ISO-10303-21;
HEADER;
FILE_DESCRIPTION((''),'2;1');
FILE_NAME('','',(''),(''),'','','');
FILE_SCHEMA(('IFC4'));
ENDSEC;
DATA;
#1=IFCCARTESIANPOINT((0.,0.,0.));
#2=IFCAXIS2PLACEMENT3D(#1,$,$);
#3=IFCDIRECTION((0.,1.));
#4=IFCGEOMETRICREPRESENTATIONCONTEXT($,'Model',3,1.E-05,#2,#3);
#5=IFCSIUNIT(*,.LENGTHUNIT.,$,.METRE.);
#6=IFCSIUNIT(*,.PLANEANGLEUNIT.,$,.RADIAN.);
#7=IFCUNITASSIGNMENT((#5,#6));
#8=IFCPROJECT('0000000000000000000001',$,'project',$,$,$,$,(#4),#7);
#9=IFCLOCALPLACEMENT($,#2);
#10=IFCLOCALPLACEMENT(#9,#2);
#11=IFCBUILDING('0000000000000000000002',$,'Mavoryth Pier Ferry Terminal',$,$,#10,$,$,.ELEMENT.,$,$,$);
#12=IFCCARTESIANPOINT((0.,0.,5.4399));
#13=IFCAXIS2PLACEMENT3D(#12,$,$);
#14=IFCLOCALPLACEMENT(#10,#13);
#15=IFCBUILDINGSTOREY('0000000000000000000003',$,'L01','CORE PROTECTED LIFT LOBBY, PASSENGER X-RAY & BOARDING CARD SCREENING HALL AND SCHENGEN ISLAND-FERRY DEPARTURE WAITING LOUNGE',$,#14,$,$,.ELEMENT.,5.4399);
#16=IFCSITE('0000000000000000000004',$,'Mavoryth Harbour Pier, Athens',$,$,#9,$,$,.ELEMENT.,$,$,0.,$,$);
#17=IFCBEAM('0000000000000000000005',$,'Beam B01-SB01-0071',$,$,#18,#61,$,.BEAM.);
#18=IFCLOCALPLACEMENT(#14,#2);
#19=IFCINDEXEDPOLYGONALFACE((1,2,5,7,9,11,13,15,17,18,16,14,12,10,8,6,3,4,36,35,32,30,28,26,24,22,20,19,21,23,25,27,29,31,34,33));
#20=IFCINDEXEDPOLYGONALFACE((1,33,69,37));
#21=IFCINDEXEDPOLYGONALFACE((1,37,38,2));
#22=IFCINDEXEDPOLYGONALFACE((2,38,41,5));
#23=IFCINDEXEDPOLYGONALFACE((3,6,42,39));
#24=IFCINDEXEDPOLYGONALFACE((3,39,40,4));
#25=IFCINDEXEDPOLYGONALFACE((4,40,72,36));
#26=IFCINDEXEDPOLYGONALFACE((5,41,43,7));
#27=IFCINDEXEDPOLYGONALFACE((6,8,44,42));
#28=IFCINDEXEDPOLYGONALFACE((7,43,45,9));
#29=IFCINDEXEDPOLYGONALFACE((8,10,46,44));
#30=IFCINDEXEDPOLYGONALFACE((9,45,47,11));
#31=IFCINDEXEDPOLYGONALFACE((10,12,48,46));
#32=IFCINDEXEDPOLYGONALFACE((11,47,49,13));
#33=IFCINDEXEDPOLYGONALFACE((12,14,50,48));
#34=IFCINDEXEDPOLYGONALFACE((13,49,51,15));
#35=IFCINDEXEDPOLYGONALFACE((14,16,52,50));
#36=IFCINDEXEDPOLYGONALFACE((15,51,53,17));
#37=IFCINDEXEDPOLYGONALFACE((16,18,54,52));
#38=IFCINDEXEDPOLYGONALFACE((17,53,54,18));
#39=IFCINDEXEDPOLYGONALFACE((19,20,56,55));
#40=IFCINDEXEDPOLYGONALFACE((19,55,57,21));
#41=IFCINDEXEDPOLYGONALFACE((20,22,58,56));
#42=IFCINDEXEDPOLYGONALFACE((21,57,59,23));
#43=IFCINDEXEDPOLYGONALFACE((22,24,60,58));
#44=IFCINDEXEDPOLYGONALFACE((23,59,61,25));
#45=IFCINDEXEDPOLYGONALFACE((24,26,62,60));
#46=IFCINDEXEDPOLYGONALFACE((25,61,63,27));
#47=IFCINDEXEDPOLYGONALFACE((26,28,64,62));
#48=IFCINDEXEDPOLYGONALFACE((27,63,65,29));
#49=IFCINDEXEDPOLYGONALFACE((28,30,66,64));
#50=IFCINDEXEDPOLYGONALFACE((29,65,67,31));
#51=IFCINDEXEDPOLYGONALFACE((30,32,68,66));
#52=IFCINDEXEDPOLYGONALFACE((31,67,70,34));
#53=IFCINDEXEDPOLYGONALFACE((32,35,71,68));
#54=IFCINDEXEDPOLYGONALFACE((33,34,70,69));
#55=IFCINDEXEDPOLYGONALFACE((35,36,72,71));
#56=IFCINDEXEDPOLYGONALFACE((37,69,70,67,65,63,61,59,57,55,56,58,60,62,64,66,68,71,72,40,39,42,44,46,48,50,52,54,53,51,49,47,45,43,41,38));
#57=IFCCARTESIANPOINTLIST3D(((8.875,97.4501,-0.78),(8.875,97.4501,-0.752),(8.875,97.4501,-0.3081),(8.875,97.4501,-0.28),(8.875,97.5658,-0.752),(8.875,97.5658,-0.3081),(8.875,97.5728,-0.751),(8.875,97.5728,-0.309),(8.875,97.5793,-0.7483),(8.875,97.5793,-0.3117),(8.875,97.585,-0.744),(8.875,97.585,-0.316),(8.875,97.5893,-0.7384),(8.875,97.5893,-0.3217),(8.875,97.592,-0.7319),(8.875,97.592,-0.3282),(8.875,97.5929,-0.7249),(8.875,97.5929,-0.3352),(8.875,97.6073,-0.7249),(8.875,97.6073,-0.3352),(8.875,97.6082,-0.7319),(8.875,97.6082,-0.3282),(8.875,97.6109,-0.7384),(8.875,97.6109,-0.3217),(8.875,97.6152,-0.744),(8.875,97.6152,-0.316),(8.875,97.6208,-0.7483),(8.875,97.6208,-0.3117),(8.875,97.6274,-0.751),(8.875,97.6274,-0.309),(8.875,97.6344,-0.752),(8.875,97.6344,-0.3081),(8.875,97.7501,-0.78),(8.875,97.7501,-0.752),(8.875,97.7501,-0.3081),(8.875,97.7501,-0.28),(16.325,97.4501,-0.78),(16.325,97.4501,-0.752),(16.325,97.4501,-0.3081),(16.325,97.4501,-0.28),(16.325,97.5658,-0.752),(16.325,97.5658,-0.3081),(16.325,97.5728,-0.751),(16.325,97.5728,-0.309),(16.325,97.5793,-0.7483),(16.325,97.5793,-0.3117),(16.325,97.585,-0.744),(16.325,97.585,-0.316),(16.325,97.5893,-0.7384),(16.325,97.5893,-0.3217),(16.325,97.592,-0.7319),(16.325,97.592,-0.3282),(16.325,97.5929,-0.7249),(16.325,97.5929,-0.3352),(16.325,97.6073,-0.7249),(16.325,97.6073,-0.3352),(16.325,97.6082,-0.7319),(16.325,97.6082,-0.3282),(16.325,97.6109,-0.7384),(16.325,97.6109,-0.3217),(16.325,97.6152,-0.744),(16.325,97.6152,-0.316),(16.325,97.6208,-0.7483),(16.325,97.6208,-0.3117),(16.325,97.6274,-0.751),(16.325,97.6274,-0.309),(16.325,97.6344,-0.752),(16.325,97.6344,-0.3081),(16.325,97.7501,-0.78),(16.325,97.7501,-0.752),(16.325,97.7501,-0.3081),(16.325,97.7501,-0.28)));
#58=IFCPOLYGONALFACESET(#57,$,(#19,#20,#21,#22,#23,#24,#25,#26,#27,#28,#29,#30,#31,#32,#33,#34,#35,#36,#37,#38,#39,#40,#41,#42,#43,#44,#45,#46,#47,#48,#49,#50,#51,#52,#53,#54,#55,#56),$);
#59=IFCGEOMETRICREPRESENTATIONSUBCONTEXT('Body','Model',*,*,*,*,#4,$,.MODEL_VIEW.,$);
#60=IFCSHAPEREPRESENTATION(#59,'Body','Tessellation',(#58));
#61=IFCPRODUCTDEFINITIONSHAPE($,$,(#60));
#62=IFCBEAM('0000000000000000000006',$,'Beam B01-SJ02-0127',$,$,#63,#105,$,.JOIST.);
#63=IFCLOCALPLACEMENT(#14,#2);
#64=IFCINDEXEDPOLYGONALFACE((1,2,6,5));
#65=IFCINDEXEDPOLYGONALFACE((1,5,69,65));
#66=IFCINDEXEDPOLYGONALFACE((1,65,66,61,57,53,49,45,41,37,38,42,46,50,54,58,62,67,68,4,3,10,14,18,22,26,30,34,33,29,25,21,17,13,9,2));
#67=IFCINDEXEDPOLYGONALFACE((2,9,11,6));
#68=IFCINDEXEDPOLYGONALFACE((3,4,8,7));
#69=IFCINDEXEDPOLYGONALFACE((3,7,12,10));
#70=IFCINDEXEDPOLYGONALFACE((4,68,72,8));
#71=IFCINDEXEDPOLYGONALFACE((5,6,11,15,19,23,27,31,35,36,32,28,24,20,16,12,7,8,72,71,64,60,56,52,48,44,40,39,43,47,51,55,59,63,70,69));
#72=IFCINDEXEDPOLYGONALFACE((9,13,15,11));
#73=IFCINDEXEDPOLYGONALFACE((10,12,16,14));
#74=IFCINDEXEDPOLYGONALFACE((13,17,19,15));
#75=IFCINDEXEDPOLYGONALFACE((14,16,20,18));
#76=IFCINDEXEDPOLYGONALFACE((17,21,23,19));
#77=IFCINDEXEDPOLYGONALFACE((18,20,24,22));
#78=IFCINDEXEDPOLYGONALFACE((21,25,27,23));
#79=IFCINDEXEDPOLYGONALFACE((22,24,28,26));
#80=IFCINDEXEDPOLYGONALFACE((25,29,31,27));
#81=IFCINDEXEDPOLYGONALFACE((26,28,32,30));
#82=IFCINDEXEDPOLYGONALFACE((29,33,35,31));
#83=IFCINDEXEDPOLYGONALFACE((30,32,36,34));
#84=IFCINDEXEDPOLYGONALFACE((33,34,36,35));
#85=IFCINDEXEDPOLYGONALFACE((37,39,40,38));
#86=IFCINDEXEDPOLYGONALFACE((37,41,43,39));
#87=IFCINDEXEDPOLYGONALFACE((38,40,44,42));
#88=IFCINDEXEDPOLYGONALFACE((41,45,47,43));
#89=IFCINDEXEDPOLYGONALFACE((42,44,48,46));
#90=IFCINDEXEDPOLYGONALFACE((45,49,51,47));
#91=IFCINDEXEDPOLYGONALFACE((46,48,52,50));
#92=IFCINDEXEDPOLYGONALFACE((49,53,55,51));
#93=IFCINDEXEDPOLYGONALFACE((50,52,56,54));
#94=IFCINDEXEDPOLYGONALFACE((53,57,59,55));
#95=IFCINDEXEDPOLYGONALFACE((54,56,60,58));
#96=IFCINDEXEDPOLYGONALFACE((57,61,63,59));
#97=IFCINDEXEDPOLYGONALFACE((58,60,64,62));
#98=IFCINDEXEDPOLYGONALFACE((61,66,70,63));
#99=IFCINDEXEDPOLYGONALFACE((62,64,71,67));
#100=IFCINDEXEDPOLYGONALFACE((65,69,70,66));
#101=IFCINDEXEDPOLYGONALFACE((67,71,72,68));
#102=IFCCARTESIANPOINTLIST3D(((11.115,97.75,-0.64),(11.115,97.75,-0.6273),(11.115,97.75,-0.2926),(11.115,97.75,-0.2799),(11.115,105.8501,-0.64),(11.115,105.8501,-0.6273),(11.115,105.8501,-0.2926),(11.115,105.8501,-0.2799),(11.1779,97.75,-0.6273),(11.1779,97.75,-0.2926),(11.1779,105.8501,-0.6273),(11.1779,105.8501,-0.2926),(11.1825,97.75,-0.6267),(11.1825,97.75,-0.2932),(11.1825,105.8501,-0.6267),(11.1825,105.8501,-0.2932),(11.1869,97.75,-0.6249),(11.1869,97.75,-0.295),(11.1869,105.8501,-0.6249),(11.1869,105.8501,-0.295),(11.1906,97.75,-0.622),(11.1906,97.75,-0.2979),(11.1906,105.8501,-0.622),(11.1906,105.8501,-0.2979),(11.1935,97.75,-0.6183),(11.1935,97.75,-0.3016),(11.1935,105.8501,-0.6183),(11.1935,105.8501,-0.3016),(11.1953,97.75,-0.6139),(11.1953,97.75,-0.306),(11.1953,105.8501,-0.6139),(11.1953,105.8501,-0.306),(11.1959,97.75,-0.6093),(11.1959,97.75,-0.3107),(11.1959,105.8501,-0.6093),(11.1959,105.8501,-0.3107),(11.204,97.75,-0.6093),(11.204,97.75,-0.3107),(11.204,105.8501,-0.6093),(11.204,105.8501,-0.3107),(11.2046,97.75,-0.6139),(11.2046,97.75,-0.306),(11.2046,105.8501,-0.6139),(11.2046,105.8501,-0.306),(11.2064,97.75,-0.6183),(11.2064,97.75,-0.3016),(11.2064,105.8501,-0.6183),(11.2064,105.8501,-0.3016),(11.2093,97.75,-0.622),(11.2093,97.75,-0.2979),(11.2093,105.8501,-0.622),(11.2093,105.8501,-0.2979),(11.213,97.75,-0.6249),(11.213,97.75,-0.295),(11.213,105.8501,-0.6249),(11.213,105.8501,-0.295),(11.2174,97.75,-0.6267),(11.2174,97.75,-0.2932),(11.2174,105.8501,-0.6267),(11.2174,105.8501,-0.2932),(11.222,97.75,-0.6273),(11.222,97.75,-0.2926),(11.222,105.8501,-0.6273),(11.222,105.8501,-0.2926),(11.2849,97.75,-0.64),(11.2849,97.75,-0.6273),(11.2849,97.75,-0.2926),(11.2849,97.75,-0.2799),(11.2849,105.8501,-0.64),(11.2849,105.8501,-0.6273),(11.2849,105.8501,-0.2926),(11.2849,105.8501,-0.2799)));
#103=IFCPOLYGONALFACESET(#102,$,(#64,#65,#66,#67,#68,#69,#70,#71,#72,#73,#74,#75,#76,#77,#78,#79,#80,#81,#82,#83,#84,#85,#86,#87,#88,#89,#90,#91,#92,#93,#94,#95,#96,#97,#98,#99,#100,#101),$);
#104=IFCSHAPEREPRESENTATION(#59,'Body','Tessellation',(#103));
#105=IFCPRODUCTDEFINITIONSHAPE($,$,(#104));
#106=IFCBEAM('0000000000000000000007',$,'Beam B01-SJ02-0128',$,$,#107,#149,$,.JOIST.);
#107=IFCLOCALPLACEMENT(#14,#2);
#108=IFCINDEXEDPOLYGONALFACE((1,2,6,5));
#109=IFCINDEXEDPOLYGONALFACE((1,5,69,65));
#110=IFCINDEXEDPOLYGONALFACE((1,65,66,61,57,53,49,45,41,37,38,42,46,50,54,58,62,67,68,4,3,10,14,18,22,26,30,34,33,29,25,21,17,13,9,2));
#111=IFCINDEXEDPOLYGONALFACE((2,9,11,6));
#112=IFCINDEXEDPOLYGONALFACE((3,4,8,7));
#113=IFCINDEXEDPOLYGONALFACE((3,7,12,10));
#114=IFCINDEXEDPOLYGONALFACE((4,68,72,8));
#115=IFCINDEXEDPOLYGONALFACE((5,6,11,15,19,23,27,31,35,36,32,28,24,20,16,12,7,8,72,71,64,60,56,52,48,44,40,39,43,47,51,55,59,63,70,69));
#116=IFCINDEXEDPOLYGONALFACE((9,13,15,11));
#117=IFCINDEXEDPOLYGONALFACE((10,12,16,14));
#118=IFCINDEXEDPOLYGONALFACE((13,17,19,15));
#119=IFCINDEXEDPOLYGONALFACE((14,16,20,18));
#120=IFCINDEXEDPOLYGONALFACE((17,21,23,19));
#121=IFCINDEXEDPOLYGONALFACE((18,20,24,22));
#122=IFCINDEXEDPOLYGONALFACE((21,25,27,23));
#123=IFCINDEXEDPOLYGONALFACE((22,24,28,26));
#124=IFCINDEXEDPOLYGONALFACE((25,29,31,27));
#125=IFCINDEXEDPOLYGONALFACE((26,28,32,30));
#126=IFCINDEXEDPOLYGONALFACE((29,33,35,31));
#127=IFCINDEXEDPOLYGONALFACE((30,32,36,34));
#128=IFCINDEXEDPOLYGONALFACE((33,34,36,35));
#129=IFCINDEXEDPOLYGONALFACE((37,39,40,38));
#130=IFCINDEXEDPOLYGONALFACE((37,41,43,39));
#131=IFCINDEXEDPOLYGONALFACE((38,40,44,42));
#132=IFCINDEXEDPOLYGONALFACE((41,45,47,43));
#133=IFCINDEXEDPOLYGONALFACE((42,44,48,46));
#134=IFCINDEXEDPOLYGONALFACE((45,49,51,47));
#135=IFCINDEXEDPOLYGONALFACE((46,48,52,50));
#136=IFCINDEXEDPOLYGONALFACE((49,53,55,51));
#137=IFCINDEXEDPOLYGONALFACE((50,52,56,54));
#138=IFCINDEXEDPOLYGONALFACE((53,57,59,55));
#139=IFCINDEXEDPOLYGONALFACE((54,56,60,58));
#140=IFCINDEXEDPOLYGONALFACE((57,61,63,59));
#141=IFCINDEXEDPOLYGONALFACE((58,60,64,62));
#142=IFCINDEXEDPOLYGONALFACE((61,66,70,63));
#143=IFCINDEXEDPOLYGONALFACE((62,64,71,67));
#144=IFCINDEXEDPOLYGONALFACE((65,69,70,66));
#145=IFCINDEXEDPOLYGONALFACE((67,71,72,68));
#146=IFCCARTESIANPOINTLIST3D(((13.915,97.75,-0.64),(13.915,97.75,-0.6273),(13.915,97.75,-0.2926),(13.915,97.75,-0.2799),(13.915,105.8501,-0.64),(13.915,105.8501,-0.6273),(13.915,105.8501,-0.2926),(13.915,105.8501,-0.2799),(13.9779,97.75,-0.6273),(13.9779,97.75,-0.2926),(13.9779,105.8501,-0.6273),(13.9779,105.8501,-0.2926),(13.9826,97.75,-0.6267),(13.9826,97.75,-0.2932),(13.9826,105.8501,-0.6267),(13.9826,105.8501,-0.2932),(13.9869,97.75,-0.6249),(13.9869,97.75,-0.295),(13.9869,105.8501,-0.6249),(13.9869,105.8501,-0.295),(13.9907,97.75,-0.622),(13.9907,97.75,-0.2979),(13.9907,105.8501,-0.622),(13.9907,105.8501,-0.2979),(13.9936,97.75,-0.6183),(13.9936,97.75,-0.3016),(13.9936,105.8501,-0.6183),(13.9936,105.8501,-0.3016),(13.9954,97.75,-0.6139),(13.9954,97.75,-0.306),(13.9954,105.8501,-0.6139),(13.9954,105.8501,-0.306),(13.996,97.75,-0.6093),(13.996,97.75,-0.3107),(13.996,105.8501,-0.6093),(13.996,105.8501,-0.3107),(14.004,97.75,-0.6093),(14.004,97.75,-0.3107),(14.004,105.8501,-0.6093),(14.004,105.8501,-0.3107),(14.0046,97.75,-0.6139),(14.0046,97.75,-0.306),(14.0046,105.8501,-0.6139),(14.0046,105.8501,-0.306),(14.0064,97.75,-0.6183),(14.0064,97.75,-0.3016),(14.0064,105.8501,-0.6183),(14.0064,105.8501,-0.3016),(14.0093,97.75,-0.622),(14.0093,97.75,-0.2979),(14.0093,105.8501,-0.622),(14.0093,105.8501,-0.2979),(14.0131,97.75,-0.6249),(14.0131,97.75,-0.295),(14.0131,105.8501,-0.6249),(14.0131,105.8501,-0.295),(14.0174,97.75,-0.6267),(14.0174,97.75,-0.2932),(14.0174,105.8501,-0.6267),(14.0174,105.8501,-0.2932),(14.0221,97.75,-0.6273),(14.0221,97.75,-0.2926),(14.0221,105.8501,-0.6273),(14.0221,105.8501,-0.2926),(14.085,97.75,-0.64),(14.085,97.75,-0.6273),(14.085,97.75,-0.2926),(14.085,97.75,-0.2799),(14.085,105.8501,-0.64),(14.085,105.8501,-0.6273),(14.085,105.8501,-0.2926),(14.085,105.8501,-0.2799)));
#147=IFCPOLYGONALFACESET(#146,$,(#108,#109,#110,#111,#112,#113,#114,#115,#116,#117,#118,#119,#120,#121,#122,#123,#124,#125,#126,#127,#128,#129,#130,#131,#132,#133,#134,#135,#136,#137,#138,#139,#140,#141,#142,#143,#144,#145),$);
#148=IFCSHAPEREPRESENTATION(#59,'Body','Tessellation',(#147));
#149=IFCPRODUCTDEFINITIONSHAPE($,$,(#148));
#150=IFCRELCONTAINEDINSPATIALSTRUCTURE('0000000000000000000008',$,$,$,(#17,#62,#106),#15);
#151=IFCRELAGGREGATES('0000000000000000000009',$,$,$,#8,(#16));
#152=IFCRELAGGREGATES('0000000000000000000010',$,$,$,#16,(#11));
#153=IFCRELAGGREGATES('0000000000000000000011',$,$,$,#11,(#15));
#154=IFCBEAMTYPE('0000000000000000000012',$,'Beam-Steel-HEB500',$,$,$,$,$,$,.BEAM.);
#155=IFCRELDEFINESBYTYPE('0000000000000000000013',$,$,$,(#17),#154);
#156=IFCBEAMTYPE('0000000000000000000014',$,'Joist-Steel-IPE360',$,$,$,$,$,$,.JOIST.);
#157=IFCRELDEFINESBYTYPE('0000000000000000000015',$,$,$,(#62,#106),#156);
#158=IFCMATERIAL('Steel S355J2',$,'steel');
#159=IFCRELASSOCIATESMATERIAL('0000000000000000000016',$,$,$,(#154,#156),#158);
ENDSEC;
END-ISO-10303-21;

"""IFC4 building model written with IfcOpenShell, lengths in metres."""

from ifc_helpers import new_model, si_unit, direction, frame, origin, origin_2d, place, context, subcontext, project, spatial, i_section, extrude, material, material_profile, profile_set, type_object, element, save


model = new_model("IFC4")

# Units and contexts
model_context = context("Model", 3, precision=1e-05, world=origin(), true_north=direction((0.0, 1.0)))
body_context = subcontext(model_context, "Body", "Model", "MODEL_VIEW")
ifc_project = project(units=[si_unit("LENGTHUNIT", "METRE"), si_unit("PLANEANGLEUNIT", "RADIAN")], contexts=[model_context])

# Site, building, storey
site_placement = place(None, origin())
site = spatial("IfcSite", under=ifc_project, at=site_placement, Name="Mavoryth Harbour Pier, Athens", CompositionType="ELEMENT", RefElevation=0.0)
building_placement = place(site_placement, origin())
building = spatial("IfcBuilding", under=site, at=building_placement, Name="Mavoryth Pier Ferry Terminal", CompositionType="ELEMENT")
storey_placement = place(building_placement, frame((0.0, 0.0, 5.4399)))
storey = spatial("IfcBuildingStorey", under=building, at=storey_placement, Name="L01", Description="CORE PROTECTED LIFT LOBBY, PASSENGER X-RAY & BOARDING CARD SCREENING HALL AND SCHENGEN ISLAND-FERRY DEPARTURE WAITING LOUNGE", CompositionType="ELEMENT", Elevation=5.4399)

# Beams
ifc_material_1 = material(Name="Steel S355J2", Category="steel")
ifc_material_profile_1 = material_profile(ifc_material_1, i_section(OverallWidth=0.3, OverallDepth=0.5, WebThickness=0.0144, FlangeThickness=0.0281, FilletRadius=0.0271, at=origin_2d()), Name="HEB 500", Category="steel")
ifc_profile_set_1 = profile_set([ifc_material_profile_1], Name="Steel S355J2 - HEB 500")
beam_type_1 = type_object("IfcBeamType", Name="Beam-Steel-HEB500", PredefinedType="BEAM", material=ifc_profile_set_1)
beam_1_placement = place(storey_placement, frame((8.875, 97.6001, -0.53), z_axis=(1.0, 0.0, 0.0), x_axis=(0.0, 1.0, 0.0)))
element("IfcBeam", 1, at=beam_1_placement, inside=storey, type_object=beam_type_1, Name="Beam B01-SB01-0071", PredefinedType="BEAM", context=body_context, shape_type="SweptSolid", body=[
    extrude(i_section(OverallWidth=0.3, OverallDepth=0.5, WebThickness=0.0144, FlangeThickness=0.0281, FilletRadius=0.0271, at=origin_2d()), origin(), (0.0, 0.0, 1.0), 7.45),
])
ifc_material_profile_2 = material_profile(ifc_material_1, i_section(OverallWidth=0.1699, OverallDepth=0.3601, WebThickness=0.0081, FlangeThickness=0.0127, FilletRadius=0.0181, at=origin_2d()), Name="IPE 360", Category="steel")
ifc_profile_set_2 = profile_set([ifc_material_profile_2], Name="Steel S355J2 - IPE 360")
beam_type_2 = type_object("IfcBeamType", Name="Joist-Steel-IPE360", PredefinedType="JOIST", material=ifc_profile_set_2)
for number, where, z_axis, x_axis, name in (
    (2, (11.2, 97.75, -0.46), (0.0, 1.0, 0.0), (-1.0, 0.0, 0.0), "Beam B01-SJ02-0127"),
    (3, (14.0, 97.75, -0.46), (0.0, 1.0, 0.0), (-1.0, 0.0, 0.0), "Beam B01-SJ02-0128"),
):
    element("IfcBeam", number, at=place(storey_placement, frame(where, z_axis=z_axis, x_axis=x_axis)), inside=storey, type_object=beam_type_2, Name=name, PredefinedType="JOIST", context=body_context, shape_type="SweptSolid", body=[
        extrude(i_section(OverallWidth=0.1699, OverallDepth=0.3601, WebThickness=0.0081, FlangeThickness=0.0127, FilletRadius=0.0181, at=origin_2d()), origin(), (0.0, 0.0, 1.0), 8.1001),
    ])

save(model, "model.ifc")
